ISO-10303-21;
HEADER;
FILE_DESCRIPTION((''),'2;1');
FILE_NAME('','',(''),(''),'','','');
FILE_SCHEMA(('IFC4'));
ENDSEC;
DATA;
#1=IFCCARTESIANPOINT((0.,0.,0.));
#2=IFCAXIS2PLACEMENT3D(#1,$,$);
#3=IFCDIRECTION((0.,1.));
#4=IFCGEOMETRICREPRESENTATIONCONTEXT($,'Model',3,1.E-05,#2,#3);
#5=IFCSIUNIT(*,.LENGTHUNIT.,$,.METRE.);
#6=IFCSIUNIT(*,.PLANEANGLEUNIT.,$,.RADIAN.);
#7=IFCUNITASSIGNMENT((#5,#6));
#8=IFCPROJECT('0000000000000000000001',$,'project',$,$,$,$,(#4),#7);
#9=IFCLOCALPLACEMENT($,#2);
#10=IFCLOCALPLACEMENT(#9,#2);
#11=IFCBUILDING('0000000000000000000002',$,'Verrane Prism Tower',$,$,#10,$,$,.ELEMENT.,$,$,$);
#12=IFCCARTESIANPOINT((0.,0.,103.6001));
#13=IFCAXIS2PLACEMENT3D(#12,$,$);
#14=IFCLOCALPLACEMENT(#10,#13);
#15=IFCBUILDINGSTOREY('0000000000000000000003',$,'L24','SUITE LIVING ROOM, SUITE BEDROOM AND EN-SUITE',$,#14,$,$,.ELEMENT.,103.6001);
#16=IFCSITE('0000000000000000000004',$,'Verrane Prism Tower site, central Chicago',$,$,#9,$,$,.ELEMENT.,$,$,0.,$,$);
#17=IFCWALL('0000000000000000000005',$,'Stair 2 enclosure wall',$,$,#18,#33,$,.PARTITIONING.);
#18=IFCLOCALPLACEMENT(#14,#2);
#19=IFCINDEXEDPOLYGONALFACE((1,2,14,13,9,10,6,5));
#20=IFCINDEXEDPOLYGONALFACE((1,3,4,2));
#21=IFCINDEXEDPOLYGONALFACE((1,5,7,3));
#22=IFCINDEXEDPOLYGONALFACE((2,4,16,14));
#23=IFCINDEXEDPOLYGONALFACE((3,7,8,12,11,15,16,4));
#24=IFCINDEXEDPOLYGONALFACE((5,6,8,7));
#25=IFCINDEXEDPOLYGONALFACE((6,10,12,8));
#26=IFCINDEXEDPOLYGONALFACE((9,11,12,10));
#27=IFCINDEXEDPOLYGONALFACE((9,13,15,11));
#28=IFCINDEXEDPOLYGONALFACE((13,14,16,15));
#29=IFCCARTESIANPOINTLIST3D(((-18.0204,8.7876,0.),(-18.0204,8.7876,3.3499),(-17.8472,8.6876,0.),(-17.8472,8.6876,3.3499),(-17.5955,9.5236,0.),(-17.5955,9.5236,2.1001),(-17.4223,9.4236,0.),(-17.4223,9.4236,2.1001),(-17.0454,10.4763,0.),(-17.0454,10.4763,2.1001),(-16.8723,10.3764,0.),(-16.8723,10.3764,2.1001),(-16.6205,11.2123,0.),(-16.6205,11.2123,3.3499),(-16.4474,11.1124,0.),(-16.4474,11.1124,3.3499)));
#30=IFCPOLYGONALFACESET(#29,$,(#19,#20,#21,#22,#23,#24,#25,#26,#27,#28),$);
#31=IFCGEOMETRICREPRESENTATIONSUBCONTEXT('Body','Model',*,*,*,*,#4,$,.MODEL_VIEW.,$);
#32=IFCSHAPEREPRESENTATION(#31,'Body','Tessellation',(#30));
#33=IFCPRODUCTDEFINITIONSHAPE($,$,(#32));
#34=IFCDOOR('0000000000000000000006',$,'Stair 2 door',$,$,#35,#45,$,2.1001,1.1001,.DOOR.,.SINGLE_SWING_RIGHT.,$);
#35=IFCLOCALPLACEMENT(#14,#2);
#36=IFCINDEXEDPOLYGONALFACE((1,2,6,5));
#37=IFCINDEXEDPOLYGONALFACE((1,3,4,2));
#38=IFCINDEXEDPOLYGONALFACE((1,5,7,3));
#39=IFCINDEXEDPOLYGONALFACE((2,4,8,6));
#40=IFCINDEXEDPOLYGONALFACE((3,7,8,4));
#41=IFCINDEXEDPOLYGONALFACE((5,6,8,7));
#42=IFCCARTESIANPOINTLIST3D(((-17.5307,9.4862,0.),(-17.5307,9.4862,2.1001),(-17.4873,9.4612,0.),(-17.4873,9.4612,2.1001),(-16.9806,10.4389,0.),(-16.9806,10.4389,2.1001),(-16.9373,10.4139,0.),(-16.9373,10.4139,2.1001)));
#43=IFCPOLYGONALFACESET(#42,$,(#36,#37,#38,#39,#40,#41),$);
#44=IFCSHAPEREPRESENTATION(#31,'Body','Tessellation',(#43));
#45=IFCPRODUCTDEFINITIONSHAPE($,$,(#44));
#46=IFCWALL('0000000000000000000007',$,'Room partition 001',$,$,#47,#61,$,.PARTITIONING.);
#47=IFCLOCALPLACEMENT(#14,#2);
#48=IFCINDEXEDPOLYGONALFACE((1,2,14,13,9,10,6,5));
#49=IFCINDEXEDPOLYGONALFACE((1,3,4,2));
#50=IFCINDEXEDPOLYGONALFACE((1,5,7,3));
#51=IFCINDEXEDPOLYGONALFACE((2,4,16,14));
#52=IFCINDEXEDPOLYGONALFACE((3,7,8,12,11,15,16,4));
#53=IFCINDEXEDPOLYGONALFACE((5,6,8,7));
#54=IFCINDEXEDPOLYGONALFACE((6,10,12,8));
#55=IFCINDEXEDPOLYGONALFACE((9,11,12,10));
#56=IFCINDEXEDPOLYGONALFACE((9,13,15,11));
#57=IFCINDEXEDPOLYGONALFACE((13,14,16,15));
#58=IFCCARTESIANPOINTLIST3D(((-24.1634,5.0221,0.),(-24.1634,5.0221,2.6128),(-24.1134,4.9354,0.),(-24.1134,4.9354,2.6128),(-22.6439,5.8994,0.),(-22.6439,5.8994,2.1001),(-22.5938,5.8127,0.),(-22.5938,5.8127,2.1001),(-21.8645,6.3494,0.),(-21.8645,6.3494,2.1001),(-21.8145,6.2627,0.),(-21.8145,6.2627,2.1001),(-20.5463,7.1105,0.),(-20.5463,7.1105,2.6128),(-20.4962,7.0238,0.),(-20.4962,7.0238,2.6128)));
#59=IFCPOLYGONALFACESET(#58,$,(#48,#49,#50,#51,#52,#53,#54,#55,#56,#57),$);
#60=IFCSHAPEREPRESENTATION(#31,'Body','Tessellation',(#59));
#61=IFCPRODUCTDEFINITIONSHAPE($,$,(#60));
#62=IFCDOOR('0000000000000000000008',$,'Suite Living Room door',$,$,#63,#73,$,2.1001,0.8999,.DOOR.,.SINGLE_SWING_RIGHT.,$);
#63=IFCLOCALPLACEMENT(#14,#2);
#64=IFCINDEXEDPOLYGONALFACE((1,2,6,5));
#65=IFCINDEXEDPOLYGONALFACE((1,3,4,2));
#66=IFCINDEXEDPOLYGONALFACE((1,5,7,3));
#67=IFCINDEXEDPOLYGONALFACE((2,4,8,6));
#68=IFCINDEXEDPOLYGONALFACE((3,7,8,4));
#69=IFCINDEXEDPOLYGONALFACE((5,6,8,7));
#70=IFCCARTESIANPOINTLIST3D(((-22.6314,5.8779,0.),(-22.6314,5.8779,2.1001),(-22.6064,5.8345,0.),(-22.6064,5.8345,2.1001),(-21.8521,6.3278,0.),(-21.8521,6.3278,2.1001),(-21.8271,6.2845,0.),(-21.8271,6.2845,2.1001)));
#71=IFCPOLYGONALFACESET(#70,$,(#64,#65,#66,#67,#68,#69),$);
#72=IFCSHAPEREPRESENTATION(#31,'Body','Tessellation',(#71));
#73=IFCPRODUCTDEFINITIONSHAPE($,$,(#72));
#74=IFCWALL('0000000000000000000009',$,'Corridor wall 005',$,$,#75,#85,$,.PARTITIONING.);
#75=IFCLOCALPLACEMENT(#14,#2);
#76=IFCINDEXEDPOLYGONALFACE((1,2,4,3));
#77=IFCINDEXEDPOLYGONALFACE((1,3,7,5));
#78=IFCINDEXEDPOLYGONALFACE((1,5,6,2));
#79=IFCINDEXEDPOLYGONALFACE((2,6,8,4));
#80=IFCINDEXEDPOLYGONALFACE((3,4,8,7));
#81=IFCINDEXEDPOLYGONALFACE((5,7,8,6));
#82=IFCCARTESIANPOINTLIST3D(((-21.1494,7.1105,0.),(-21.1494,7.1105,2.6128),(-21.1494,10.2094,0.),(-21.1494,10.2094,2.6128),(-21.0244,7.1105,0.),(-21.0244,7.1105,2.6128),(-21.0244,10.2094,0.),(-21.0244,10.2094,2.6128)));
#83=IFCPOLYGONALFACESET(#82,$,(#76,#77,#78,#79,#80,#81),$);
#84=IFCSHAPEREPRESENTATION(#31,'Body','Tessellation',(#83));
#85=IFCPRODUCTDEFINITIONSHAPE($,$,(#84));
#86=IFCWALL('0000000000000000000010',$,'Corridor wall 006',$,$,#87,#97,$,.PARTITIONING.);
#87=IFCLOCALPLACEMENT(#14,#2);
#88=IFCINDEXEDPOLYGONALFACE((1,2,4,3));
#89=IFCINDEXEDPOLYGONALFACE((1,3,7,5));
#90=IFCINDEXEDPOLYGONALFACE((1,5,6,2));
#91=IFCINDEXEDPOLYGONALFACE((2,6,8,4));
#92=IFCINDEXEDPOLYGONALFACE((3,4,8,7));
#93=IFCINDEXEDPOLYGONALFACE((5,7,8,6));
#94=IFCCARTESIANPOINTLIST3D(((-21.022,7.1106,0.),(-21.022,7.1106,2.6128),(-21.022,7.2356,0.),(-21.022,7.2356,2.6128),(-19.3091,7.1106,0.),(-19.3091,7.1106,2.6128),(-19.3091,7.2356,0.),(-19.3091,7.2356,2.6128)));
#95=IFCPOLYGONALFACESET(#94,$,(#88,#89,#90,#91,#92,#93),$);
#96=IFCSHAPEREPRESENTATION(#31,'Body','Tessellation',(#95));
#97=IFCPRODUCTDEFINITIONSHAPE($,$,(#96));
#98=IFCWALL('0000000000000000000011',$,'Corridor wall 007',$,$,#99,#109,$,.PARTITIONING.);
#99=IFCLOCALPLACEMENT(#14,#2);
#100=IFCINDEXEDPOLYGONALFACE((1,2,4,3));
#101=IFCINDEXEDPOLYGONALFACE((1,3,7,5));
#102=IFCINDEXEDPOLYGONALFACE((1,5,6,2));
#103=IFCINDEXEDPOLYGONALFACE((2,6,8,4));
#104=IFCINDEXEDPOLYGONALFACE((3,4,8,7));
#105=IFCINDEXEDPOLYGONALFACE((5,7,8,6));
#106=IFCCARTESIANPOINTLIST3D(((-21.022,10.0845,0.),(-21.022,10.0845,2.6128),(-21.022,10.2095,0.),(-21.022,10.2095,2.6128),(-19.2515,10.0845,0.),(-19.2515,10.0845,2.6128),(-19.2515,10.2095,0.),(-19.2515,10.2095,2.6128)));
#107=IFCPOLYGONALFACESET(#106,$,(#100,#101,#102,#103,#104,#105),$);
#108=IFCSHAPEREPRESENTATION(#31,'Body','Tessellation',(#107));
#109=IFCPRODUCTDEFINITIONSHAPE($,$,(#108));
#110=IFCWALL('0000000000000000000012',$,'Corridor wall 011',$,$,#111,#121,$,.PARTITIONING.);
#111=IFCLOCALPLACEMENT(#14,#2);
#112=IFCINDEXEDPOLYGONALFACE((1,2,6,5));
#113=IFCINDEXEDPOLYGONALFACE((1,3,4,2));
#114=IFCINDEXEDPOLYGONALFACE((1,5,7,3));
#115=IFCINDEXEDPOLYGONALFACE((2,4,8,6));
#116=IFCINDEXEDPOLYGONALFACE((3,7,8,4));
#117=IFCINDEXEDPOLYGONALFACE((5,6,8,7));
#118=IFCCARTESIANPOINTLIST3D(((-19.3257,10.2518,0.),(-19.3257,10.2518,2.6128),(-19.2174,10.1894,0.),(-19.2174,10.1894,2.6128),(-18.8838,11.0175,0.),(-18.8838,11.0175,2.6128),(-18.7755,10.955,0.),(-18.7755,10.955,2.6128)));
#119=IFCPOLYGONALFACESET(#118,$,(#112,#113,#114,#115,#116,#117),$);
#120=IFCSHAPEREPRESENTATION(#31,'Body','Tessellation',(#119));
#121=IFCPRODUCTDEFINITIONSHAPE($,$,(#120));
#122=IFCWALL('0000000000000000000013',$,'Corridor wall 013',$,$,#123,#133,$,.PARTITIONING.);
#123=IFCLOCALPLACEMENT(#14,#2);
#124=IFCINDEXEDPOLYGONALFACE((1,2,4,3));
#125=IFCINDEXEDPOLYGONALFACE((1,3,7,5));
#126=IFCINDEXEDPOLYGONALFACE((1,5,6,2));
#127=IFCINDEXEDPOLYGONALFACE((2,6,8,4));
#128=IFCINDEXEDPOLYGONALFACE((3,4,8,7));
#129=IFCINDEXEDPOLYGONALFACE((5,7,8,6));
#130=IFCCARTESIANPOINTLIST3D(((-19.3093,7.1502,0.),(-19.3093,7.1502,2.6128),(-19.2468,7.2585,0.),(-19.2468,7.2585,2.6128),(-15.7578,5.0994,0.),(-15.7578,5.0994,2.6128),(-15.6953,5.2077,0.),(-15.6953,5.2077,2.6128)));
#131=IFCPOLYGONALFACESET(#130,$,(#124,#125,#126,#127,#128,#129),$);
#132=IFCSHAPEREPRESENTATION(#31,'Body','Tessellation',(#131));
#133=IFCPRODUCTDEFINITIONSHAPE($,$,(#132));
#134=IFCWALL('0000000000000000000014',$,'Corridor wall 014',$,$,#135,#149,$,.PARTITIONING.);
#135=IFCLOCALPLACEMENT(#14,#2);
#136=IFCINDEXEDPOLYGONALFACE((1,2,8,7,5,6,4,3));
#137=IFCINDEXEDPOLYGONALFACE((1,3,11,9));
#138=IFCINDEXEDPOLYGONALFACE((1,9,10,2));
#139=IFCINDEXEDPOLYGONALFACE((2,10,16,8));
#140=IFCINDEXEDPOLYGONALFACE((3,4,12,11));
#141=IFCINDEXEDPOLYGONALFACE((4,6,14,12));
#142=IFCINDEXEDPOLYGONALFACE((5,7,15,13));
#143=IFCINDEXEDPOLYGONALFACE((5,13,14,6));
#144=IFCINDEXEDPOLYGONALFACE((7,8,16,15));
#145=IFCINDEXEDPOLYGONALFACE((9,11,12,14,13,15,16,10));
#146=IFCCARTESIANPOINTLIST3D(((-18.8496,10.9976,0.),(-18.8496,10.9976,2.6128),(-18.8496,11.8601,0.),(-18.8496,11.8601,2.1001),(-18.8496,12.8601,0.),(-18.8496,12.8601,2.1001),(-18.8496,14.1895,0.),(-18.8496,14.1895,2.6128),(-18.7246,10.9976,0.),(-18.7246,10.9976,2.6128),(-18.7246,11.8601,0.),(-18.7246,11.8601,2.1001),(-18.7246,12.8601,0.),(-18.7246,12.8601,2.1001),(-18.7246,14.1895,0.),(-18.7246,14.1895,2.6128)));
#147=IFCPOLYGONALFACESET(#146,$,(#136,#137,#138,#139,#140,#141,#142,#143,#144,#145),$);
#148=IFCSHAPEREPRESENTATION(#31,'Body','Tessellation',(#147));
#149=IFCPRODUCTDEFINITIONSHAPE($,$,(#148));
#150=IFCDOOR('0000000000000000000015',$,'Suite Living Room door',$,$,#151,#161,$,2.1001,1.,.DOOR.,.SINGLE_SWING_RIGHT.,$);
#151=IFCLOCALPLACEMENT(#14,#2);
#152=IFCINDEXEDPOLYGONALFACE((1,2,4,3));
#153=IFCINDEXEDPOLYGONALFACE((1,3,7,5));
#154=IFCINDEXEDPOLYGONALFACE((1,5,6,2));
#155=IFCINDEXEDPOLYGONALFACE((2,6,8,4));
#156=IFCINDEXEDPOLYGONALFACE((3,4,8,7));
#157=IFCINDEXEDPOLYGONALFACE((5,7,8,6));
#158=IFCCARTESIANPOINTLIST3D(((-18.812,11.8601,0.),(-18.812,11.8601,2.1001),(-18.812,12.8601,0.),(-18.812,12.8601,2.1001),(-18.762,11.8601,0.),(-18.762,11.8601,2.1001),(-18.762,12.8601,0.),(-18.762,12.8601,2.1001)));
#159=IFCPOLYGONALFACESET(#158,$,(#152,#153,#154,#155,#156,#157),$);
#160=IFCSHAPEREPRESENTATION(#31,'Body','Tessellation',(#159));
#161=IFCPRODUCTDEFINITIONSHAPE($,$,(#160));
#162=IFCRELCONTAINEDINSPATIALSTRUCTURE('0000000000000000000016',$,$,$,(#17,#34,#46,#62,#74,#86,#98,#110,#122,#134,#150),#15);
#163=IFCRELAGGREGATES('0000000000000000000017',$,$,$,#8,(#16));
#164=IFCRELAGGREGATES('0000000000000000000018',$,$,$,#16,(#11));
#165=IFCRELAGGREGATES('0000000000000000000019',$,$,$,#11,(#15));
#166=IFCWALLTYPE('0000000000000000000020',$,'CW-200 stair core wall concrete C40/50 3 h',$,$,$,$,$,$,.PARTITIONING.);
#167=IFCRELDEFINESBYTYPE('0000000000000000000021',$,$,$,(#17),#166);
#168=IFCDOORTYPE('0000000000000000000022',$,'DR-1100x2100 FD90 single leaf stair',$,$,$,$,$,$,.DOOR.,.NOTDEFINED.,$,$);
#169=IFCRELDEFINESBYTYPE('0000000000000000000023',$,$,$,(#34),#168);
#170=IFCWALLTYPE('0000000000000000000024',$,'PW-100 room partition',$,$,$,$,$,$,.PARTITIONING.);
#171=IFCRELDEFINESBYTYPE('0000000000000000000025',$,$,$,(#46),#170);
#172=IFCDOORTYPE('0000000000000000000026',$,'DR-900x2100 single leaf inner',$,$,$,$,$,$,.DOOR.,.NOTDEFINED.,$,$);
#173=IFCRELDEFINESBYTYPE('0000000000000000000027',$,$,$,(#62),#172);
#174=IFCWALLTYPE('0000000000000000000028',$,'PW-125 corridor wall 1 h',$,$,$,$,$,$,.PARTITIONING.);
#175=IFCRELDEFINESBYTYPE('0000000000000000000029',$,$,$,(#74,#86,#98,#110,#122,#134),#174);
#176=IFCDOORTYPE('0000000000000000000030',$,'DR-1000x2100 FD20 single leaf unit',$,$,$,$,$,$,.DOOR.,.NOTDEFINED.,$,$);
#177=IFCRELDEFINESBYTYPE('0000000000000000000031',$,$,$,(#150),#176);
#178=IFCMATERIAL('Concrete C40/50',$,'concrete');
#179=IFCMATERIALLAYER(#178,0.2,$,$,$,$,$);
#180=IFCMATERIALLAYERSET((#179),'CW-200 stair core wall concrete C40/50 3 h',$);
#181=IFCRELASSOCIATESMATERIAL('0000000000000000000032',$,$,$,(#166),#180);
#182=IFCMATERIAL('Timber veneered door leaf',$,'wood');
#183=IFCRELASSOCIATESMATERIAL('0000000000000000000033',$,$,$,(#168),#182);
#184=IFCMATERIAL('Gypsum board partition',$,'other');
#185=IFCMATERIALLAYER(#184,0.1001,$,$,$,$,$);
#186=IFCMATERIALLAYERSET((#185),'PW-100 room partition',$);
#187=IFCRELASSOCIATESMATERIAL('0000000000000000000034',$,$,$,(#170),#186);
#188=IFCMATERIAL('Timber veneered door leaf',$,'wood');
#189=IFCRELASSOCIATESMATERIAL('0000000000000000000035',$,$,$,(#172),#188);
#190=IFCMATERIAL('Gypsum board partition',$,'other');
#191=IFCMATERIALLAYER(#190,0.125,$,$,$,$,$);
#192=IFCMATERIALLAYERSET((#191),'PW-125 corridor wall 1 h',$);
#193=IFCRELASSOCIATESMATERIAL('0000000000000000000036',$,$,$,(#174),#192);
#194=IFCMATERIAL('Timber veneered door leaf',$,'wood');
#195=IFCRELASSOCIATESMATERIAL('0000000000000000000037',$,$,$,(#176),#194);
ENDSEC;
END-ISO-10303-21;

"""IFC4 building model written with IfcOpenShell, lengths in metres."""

from ifc_helpers import new_model, si_unit, direction, frame, frame_2d, origin, place, context, subcontext, project, spatial, rectangle, extrude, material, layer, layer_set, type_object, element, fill, save


model = new_model("IFC4")

# Units and contexts
model_context = context("Model", 3, precision=1e-05, world=origin(), true_north=direction((0.0, 1.0)))
body_context = subcontext(model_context, "Body", "Model", "MODEL_VIEW")
ifc_project = project(units=[si_unit("LENGTHUNIT", "METRE"), si_unit("PLANEANGLEUNIT", "RADIAN")], contexts=[model_context])

# Site, building, storey
site_placement = place(None, origin())
site = spatial("IfcSite", under=ifc_project, at=site_placement, Name="Verrane Prism Tower site, central Chicago", CompositionType="ELEMENT", RefElevation=0.0)
building_placement = place(site_placement, origin())
building = spatial("IfcBuilding", under=site, at=building_placement, Name="Verrane Prism Tower", CompositionType="ELEMENT")
storey_placement = place(building_placement, frame((0.0, 0.0, 103.6001)))
storey = spatial("IfcBuildingStorey", under=building, at=storey_placement, Name="L24", Description="SUITE LIVING ROOM, SUITE BEDROOM AND EN-SUITE", CompositionType="ELEMENT", Elevation=103.6001)

# Walls, openings, doors
ifc_material_1 = material(Name="Concrete C40/50", Category="concrete")
ifc_layer_1 = layer(ifc_material_1, 0.2)
ifc_layer_set_1 = layer_set([ifc_layer_1], Name="CW-200 stair core wall concrete C40/50 3 h")
wall_type_1 = type_object("IfcWallType", Name="CW-200 stair core wall concrete C40/50 3 h", PredefinedType="PARTITIONING", material=ifc_layer_set_1)
wall_1_placement = place(storey_placement, frame((-16.5339, 11.1624, 0.0), z_axis=(0.0, 0.0, 1.0), x_axis=(-0.499984, -0.866035, 0.0)))
wall_1 = element("IfcWall", 1, at=wall_1_placement, inside=storey, type_object=wall_type_1, Name="Stair 2 enclosure wall", PredefinedType="PARTITIONING", context=body_context, shape_type="SweptSolid", body=[
    extrude(rectangle(XDim=2.7998, YDim=0.2, at=frame_2d((1.3999, 0.0))), origin(), (0.0, 0.0, 1.0), 3.3499),
])
opening_1_placement = place(wall_1_placement, frame((0.8499, 0.0, 0.0)))
opening_1 = element("IfcOpeningElement", 2, at=opening_1_placement, cuts=wall_1, PredefinedType="OPENING", context=body_context, shape_type="SweptSolid", body=[
    extrude(rectangle(XDim=1.1001, YDim=2.1001, at=frame_2d((0.55, 1.05))), frame((0.0, 0.1099, 0.0), z_axis=(0.0, -1.0, 0.0), x_axis=(1.0, 0.0, 0.0)), (0.0, 0.0, 1.0), 0.22),
])
ifc_material_2 = material(Name="Timber veneered door leaf", Category="wood")
door_type_1 = type_object("IfcDoorType", Name="DR-1100x2100 FD90 single leaf stair", OperationType="NOTDEFINED", PredefinedType="DOOR", material=ifc_material_2)
door_1_placement = place(opening_1_placement, origin())
door_1 = element("IfcDoor", 3, at=door_1_placement, inside=storey, type_object=door_type_1, Name="Stair 2 door", OperationType="SINGLE_SWING_RIGHT", OverallHeight=2.1001, OverallWidth=1.1001, PredefinedType="DOOR", context=body_context, shape_type="SweptSolid", body=[
    extrude(rectangle(XDim=1.1001, YDim=2.1001, at=frame_2d((0.55, 1.05))), frame((0.0, 0.0249, 0.0), z_axis=(0.0, -1.0, 0.0), x_axis=(1.0, 0.0, 0.0)), (0.0, 0.0, 1.0), 0.05),
])
fill(opening_1, door_1)
ifc_material_3 = material(Name="Gypsum board partition", Category="other")
ifc_layer_2 = layer(ifc_material_3, 0.1001)
ifc_layer_set_2 = layer_set([ifc_layer_2], Name="PW-100 room partition")
wall_type_2 = type_object("IfcWallType", Name="PW-100 room partition", PredefinedType="PARTITIONING", material=ifc_layer_set_2)
wall_2_placement = place(storey_placement, frame((-20.5212, 7.0671, 0.0), z_axis=(0.0, 0.0, 1.0), x_axis=(-0.866026, -0.499999, 0.0)))
wall_2 = element("IfcWall", 4, at=wall_2_placement, inside=storey, type_object=wall_type_2, Name="Room partition 001", PredefinedType="PARTITIONING", context=body_context, shape_type="SweptSolid", body=[
    extrude(rectangle(XDim=4.1768, YDim=0.1001, at=frame_2d((2.0884, 0.0))), origin(), (0.0, 0.0, 1.0), 2.6128),
])
opening_2_placement = place(wall_2_placement, frame((1.5222, 0.0, 0.0)))
opening_2 = element("IfcOpeningElement", 5, at=opening_2_placement, cuts=wall_2, PredefinedType="OPENING", context=body_context, shape_type="SweptSolid", body=[
    extrude(rectangle(XDim=0.8999, YDim=2.1001, at=frame_2d((0.45, 1.05))), frame((0.0, 0.0601, 0.0), z_axis=(0.0, -1.0, 0.0), x_axis=(1.0, 0.0, 0.0)), (0.0, 0.0, 1.0), 0.1201),
])
ifc_material_4 = material(Name="Timber veneered door leaf", Category="wood")
door_type_2 = type_object("IfcDoorType", Name="DR-900x2100 single leaf inner", OperationType="NOTDEFINED", PredefinedType="DOOR", material=ifc_material_4)
door_2_placement = place(opening_2_placement, origin())
door_2 = element("IfcDoor", 6, at=door_2_placement, inside=storey, type_object=door_type_2, Name="Suite Living Room door", OperationType="SINGLE_SWING_RIGHT", OverallHeight=2.1001, OverallWidth=0.8999, PredefinedType="DOOR", context=body_context, shape_type="SweptSolid", body=[
    extrude(rectangle(XDim=0.8999, YDim=2.1001, at=frame_2d((0.45, 1.05))), frame((0.0, 0.0249, 0.0), z_axis=(0.0, -1.0, 0.0), x_axis=(1.0, 0.0, 0.0)), (0.0, 0.0, 1.0), 0.05),
])
fill(opening_2, door_2)

# Walls
ifc_material_5 = material(Name="Gypsum board partition", Category="other")
ifc_layer_3 = layer(ifc_material_5, 0.125)
ifc_layer_set_3 = layer_set([ifc_layer_3], Name="PW-125 corridor wall 1 h")
wall_type_3 = type_object("IfcWallType", Name="PW-125 corridor wall 1 h", PredefinedType="PARTITIONING", material=ifc_layer_set_3)
wall_3_placement = place(storey_placement, frame((-21.0869, 7.1106, 0.0), z_axis=(0.0, 0.0, 1.0), x_axis=(0.0, 1.0, 0.0)))
element("IfcWall", 7, at=wall_3_placement, inside=storey, type_object=wall_type_3, Name="Corridor wall 005", PredefinedType="PARTITIONING", context=body_context, shape_type="SweptSolid", body=[
    extrude(rectangle(XDim=3.0989, YDim=0.125, at=frame_2d((1.5493, 0.0))), origin(), (0.0, 0.0, 1.0), 2.6128),
])
wall_4_placement = place(storey_placement, frame((-21.022, 7.1731, 0.0), z_axis=(0.0, 0.0, 1.0), x_axis=(1.0, 0.0, 0.0)))
element("IfcWall", 8, at=wall_4_placement, inside=storey, type_object=wall_type_3, Name="Corridor wall 006", PredefinedType="PARTITIONING", context=body_context, shape_type="SweptSolid", body=[
    extrude(rectangle(XDim=1.7129, YDim=0.125, at=frame_2d((0.8564, 0.0))), origin(), (0.0, 0.0, 1.0), 2.6128),
])
wall_5_placement = place(storey_placement, frame((-21.022, 10.147, 0.0), z_axis=(0.0, 0.0, 1.0), x_axis=(1.0, 0.0, 0.0)))
element("IfcWall", 9, at=wall_5_placement, inside=storey, type_object=wall_type_3, Name="Corridor wall 007", PredefinedType="PARTITIONING", context=body_context, shape_type="SweptSolid", body=[
    extrude(rectangle(XDim=1.7705, YDim=0.125, at=frame_2d((0.8853, 0.0))), origin(), (0.0, 0.0, 1.0), 2.6128),
])
wall_6_placement = place(storey_placement, frame((-19.2715, 10.2207, 0.0), z_axis=(0.0, 0.0, 1.0), x_axis=(0.499882, 0.866094, 0.0)))
element("IfcWall", 10, at=wall_6_placement, inside=storey, type_object=wall_type_3, Name="Corridor wall 011", PredefinedType="PARTITIONING", context=body_context, shape_type="SweptSolid", body=[
    extrude(rectangle(XDim=0.884, YDim=0.125, at=frame_2d((0.4419, 0.0))), origin(), (0.0, 0.0, 1.0), 2.6128),
])
wall_7_placement = place(storey_placement, frame((-19.2781, 7.2043, 0.0), z_axis=(0.0, 0.0, 1.0), x_axis=(0.865992, -0.500057, 0.0)))
element("IfcWall", 11, at=wall_7_placement, inside=storey, type_object=wall_type_3, Name="Corridor wall 013", PredefinedType="PARTITIONING", context=body_context, shape_type="SweptSolid", body=[
    extrude(rectangle(XDim=4.1011, YDim=0.125, at=frame_2d((2.0505, 0.0))), origin(), (0.0, 0.0, 1.0), 2.6128),
])

# Wall, opening, door
wall_8_placement = place(storey_placement, frame((-18.7871, 10.9976, 0.0), z_axis=(0.0, 0.0, 1.0), x_axis=(0.0, 1.0, 0.0)))
wall_8 = element("IfcWall", 12, at=wall_8_placement, inside=storey, type_object=wall_type_3, Name="Corridor wall 014", PredefinedType="PARTITIONING", context=body_context, shape_type="SweptSolid", body=[
    extrude(rectangle(XDim=3.1919, YDim=0.125, at=frame_2d((1.5959, 0.0))), origin(), (0.0, 0.0, 1.0), 2.6128),
])
opening_3_placement = place(wall_8_placement, frame((0.8625, 0.0, 0.0)))
opening_3 = element("IfcOpeningElement", 13, at=opening_3_placement, cuts=wall_8, PredefinedType="OPENING", context=body_context, shape_type="SweptSolid", body=[
    extrude(rectangle(XDim=1.0, YDim=2.1001, at=frame_2d((0.5, 1.05))), frame((0.0, 0.0725, 0.0), z_axis=(0.0, -1.0, 0.0), x_axis=(1.0, 0.0, 0.0)), (0.0, 0.0, 1.0), 0.145),
])
ifc_material_6 = material(Name="Timber veneered door leaf", Category="wood")
door_type_3 = type_object("IfcDoorType", Name="DR-1000x2100 FD20 single leaf unit", OperationType="NOTDEFINED", PredefinedType="DOOR", material=ifc_material_6)
door_3_placement = place(opening_3_placement, origin())
door_3 = element("IfcDoor", 14, at=door_3_placement, inside=storey, type_object=door_type_3, Name="Suite Living Room door", OperationType="SINGLE_SWING_RIGHT", OverallHeight=2.1001, OverallWidth=1.0, PredefinedType="DOOR", context=body_context, shape_type="SweptSolid", body=[
    extrude(rectangle(XDim=1.0, YDim=2.1001, at=frame_2d((0.5, 1.05))), frame((0.0, 0.0249, 0.0), z_axis=(0.0, -1.0, 0.0), x_axis=(1.0, 0.0, 0.0)), (0.0, 0.0, 1.0), 0.05),
])
fill(opening_3, door_3)

save(model, "model.ifc")
